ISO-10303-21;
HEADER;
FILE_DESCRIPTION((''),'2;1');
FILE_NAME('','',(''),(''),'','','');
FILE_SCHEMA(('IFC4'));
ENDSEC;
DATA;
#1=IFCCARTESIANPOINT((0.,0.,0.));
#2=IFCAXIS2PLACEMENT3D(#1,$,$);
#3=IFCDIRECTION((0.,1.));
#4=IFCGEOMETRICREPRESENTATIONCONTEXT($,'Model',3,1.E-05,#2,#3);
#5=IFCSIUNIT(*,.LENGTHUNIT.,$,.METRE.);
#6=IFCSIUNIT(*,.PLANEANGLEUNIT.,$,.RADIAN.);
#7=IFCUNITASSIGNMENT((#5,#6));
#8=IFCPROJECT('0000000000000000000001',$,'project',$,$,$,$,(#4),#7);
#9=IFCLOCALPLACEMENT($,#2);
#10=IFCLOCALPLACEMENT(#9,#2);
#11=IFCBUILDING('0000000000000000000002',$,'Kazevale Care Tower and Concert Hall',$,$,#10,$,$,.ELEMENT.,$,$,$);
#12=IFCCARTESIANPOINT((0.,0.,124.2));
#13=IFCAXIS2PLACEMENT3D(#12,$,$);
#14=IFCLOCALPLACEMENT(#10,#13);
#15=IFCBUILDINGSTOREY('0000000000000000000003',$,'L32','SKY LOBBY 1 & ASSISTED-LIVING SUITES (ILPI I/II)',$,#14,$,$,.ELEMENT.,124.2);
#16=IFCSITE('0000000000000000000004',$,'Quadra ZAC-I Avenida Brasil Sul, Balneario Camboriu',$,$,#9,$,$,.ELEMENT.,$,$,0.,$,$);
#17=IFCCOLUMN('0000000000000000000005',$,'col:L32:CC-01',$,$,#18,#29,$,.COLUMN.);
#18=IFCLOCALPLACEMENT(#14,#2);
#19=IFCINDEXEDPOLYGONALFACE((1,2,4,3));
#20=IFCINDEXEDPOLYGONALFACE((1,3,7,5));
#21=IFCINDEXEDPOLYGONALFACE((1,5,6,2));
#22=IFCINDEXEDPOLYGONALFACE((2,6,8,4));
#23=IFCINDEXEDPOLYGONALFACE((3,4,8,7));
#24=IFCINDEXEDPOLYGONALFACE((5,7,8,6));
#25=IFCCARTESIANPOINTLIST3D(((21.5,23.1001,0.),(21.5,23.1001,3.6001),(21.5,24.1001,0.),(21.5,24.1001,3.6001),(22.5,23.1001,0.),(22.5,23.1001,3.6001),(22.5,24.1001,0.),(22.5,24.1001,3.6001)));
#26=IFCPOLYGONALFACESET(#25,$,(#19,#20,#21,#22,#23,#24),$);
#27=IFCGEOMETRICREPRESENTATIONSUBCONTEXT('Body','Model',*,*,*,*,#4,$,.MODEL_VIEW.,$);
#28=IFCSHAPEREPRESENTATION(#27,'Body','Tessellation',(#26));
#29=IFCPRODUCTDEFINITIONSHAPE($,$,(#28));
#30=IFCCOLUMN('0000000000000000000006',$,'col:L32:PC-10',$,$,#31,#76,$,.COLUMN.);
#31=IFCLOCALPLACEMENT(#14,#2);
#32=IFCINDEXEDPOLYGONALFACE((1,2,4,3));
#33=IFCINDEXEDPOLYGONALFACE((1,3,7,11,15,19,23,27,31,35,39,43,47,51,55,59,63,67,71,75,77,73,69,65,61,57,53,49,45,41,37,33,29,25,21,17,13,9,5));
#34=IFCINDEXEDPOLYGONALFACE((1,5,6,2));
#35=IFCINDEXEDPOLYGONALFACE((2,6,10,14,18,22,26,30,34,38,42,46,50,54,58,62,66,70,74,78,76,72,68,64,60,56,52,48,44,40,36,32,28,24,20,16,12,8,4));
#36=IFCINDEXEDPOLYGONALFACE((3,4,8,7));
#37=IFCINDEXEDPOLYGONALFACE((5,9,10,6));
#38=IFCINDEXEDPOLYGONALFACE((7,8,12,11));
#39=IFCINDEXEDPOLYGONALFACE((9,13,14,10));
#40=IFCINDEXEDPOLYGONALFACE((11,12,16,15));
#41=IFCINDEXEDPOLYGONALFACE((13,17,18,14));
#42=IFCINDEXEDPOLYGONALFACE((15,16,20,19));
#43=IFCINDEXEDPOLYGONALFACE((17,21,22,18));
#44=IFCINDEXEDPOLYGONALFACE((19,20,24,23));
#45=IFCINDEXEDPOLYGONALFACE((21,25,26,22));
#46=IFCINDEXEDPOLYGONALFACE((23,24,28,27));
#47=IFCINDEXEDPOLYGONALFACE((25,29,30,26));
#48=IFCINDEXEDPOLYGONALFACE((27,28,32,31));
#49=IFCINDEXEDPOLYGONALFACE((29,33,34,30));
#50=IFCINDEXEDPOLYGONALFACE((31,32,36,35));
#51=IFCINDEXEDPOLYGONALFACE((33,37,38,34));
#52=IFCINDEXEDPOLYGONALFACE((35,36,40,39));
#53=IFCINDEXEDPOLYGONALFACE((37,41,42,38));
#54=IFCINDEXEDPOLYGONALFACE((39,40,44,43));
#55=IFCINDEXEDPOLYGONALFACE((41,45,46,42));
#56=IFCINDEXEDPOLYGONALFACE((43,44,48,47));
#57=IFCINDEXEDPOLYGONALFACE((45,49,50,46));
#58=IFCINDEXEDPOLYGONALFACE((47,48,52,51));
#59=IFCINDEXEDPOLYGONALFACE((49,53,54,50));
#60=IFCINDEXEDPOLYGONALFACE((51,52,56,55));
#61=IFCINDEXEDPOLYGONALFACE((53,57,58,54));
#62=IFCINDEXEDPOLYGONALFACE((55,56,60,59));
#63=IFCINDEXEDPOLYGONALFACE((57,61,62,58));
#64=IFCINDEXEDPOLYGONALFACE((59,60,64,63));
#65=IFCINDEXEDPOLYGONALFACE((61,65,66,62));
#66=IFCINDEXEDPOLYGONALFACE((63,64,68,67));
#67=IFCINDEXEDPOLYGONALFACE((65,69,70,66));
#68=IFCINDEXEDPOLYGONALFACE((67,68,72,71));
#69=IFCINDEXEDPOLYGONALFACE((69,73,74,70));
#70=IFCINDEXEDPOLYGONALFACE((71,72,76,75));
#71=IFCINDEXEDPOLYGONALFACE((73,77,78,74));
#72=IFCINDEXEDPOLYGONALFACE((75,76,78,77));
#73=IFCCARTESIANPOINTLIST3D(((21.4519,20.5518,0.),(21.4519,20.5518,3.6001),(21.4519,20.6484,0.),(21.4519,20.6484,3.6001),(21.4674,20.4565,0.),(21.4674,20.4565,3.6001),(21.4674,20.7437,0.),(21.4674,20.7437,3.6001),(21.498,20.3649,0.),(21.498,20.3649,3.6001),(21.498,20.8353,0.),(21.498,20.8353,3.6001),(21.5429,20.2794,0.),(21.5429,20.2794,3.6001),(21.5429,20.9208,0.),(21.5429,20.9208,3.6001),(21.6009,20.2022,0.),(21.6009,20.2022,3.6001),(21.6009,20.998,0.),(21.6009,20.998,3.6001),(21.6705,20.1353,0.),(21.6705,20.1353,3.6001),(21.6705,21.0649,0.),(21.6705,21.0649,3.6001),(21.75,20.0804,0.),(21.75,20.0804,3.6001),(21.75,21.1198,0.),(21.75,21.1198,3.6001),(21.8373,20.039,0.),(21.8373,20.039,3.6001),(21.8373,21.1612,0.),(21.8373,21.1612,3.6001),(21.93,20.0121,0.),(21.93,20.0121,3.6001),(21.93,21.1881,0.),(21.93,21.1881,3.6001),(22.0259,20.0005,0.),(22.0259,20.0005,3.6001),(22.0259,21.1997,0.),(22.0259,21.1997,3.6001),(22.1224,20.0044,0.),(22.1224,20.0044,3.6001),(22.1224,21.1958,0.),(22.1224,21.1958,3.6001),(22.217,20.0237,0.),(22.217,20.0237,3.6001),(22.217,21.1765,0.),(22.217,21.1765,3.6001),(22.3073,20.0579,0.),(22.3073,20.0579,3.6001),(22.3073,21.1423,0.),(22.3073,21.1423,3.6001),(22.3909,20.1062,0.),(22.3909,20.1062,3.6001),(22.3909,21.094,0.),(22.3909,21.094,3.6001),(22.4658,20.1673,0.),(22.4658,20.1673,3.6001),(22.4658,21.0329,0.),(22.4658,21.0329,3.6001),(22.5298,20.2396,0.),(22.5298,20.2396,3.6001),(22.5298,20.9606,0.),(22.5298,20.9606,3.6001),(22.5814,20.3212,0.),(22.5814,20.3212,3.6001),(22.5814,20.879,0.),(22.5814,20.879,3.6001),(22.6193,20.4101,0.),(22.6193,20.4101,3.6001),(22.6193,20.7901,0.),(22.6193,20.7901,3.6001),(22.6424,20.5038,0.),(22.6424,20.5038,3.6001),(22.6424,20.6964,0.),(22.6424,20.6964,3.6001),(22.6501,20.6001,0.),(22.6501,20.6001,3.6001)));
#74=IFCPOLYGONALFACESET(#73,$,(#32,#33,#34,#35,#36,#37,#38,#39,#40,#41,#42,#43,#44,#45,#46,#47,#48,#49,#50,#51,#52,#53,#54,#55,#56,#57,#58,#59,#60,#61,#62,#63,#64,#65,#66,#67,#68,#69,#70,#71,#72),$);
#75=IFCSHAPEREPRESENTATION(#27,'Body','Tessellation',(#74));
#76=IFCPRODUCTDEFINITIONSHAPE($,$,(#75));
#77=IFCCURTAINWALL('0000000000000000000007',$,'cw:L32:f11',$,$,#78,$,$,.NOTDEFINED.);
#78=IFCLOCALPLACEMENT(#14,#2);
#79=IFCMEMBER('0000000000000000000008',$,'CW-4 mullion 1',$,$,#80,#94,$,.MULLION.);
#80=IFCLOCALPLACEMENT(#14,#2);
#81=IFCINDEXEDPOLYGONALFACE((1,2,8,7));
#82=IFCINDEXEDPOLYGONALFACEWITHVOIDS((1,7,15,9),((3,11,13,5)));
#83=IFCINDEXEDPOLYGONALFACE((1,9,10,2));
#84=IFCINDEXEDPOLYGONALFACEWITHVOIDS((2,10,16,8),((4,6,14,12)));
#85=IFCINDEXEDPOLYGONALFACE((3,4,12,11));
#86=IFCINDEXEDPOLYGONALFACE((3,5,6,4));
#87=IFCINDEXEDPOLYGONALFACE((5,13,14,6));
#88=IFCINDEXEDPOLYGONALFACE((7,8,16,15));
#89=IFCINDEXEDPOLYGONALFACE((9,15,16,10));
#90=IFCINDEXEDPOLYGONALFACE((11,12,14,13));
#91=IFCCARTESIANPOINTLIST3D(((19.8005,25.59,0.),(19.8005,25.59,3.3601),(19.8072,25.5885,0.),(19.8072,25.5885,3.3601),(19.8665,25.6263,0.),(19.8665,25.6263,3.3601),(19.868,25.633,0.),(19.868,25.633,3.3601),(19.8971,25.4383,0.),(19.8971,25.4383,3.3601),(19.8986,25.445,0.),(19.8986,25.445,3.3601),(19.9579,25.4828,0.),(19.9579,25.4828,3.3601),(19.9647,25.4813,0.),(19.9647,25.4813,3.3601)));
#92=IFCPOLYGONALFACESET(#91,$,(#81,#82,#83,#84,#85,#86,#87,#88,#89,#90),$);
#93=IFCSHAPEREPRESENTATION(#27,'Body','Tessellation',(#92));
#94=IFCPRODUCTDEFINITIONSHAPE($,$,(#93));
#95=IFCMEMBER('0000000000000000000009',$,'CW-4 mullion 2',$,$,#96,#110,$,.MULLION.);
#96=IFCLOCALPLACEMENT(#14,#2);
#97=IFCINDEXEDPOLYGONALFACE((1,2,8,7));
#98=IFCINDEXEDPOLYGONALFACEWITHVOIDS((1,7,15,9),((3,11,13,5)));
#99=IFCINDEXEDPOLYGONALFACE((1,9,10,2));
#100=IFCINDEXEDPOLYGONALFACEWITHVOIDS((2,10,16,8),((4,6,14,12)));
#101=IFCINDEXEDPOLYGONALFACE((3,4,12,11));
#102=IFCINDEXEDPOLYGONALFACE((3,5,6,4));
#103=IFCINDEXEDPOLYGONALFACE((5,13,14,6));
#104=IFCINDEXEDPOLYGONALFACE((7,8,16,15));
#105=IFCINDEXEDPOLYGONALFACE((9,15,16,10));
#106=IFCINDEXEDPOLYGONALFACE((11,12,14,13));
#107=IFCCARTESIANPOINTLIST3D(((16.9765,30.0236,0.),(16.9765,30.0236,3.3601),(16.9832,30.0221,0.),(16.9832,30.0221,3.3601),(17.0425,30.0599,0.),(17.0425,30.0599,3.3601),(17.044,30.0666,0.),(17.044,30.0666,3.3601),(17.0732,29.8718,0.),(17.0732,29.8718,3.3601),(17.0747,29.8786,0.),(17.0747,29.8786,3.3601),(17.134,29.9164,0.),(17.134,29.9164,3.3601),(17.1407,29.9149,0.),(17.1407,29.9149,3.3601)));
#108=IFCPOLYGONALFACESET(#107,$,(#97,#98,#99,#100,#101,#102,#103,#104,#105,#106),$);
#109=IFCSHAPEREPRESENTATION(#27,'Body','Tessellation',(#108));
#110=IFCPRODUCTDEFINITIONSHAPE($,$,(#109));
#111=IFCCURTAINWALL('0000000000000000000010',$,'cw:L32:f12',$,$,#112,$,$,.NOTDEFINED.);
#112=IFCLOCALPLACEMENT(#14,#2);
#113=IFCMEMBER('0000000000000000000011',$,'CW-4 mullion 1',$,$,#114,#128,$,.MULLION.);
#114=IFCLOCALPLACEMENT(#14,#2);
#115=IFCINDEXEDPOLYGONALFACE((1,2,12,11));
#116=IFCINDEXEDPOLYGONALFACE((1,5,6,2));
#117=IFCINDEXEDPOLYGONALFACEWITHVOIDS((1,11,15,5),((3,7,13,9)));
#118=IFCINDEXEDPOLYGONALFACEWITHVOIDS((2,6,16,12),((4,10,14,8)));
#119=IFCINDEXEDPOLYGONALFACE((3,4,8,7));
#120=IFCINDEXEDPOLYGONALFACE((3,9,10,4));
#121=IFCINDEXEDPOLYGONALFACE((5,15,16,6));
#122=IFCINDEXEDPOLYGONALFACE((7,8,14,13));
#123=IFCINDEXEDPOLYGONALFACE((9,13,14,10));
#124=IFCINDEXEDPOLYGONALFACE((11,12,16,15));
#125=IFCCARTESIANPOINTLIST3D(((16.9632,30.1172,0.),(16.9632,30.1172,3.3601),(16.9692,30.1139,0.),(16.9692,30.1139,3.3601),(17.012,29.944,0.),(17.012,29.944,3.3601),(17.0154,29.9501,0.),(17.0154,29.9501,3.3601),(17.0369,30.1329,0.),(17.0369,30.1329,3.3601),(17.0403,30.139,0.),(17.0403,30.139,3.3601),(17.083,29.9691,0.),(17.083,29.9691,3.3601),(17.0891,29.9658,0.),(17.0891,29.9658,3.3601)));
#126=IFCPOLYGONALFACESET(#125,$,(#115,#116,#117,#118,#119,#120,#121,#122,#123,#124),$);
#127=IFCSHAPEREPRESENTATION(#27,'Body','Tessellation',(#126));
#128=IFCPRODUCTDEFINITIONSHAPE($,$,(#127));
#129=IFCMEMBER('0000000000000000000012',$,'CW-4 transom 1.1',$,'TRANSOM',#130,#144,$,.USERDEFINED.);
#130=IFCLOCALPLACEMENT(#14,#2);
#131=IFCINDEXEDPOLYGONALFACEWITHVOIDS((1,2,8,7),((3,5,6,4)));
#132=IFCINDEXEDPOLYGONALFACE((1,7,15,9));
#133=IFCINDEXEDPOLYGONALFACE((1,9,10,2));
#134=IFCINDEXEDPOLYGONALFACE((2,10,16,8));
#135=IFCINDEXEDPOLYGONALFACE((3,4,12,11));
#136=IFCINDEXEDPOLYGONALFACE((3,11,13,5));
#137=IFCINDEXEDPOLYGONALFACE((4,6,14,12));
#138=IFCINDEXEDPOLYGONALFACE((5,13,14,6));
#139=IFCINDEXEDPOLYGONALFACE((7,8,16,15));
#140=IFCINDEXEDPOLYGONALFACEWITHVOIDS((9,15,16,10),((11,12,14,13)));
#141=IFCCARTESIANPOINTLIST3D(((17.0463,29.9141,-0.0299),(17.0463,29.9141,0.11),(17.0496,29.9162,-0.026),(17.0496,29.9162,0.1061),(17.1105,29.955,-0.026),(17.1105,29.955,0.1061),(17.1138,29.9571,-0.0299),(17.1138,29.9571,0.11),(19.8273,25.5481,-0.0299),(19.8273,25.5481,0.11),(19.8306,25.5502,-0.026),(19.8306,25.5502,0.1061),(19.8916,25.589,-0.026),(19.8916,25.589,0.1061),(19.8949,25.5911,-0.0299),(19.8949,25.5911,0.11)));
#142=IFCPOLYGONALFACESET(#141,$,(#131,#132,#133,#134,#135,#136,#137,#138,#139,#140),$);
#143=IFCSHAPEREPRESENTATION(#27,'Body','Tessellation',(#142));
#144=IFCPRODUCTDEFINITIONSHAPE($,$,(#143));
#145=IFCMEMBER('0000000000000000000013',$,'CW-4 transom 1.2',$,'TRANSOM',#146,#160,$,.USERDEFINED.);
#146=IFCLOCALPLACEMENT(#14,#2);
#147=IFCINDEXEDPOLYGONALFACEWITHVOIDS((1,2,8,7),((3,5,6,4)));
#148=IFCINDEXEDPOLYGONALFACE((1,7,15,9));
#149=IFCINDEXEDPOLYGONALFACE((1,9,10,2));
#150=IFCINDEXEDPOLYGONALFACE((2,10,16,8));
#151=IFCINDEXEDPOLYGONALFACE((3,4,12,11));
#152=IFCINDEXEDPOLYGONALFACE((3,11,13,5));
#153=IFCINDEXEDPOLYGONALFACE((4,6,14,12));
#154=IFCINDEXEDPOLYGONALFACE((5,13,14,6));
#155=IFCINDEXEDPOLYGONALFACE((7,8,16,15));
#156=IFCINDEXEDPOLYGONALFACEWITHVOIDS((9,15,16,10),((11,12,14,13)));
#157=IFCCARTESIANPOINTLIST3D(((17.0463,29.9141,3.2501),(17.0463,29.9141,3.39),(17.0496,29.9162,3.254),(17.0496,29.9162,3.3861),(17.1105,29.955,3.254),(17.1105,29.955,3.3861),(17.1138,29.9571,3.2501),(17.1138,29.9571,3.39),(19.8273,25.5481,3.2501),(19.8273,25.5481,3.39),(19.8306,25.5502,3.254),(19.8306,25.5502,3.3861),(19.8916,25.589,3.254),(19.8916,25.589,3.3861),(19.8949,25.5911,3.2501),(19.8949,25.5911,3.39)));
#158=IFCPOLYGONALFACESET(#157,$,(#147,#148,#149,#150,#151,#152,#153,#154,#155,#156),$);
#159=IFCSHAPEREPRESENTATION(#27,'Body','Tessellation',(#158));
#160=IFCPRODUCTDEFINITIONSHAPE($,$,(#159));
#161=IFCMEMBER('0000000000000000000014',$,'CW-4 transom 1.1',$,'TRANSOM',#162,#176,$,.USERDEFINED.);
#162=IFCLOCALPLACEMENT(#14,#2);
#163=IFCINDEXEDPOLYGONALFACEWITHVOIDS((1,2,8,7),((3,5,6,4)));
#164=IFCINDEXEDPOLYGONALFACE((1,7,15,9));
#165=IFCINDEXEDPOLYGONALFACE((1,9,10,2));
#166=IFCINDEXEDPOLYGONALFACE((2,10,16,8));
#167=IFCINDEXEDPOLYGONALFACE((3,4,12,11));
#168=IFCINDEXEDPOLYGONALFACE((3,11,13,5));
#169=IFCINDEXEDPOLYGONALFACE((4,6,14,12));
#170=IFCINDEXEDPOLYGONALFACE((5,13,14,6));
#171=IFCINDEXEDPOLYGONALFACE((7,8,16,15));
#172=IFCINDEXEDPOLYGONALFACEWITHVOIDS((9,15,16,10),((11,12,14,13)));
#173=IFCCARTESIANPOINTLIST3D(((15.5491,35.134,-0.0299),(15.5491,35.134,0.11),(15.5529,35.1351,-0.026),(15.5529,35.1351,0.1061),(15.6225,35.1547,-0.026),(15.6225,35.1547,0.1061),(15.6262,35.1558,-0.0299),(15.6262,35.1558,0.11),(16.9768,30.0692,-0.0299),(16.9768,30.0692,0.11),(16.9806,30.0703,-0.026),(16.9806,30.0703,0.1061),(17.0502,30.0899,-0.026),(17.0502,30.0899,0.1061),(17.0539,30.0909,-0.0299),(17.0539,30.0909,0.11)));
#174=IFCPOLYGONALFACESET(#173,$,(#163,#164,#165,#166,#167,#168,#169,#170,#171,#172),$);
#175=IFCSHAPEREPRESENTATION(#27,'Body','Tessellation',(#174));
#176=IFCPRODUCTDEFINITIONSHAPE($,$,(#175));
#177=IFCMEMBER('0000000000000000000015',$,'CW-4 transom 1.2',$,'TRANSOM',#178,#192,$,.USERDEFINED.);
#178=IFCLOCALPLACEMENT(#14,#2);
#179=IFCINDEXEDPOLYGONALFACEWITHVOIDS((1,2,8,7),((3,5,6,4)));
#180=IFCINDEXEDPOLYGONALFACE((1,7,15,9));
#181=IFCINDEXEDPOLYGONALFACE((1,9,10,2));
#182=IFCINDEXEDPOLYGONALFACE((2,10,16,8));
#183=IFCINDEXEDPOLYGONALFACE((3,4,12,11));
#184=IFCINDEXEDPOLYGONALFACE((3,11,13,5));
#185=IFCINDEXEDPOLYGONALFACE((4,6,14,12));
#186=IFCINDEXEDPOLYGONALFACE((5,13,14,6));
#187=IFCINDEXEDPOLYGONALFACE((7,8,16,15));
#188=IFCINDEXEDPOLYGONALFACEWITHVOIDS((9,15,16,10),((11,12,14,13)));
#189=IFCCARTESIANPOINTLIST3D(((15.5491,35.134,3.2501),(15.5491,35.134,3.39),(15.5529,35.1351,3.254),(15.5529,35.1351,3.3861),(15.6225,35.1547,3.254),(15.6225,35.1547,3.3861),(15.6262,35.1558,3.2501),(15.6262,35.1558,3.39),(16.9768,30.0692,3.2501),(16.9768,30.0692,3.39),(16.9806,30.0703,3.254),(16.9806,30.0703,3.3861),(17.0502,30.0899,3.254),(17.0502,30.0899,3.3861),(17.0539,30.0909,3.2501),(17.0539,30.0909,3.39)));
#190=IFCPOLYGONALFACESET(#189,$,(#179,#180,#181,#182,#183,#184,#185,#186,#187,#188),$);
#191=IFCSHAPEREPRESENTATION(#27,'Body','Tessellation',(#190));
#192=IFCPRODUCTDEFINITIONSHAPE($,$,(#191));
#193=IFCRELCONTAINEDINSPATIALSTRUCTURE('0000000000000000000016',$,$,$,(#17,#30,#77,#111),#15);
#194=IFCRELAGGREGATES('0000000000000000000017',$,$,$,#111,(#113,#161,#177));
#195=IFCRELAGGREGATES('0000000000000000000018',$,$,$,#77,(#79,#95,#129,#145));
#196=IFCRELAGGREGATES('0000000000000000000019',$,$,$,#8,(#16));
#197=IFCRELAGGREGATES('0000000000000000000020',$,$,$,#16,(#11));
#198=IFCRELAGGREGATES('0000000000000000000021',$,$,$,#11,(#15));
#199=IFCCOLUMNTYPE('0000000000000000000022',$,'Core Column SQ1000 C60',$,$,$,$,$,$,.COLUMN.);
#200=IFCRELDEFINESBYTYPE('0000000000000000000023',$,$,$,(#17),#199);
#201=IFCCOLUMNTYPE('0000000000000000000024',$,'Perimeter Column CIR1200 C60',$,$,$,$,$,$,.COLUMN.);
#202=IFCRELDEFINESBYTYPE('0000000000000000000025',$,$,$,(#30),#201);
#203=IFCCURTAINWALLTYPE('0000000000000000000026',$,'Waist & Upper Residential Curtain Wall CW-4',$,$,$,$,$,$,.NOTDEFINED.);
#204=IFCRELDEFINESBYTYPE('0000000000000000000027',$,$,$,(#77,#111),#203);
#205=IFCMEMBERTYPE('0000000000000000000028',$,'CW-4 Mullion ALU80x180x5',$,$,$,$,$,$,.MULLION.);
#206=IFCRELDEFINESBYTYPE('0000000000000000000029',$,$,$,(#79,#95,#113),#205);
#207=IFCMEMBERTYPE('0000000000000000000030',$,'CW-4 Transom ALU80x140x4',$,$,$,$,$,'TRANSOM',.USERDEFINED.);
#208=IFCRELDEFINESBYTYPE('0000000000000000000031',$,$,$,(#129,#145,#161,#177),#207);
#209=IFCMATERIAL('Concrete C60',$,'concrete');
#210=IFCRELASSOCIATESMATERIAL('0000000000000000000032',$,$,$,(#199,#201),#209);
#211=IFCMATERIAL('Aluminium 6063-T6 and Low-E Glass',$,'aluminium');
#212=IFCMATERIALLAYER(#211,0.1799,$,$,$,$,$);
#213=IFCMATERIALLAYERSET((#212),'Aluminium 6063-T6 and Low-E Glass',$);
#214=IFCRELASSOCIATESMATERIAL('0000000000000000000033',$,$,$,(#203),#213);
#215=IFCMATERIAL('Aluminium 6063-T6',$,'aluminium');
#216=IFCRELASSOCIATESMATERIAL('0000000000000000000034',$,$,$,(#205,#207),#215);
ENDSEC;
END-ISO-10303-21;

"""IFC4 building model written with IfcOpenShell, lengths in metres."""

from ifc_helpers import new_model, si_unit, direction, frame, origin, origin_2d, place, context, subcontext, project, spatial, rectangle, hollow_rectangle, circle, extrude, material, layer, layer_set, material_profile, profile_set, type_object, element, aggregate, save


model = new_model("IFC4")

# Units and contexts
model_context = context("Model", 3, precision=1e-05, world=origin(), true_north=direction((0.0, 1.0)))
body_context = subcontext(model_context, "Body", "Model", "MODEL_VIEW")
ifc_project = project(units=[si_unit("LENGTHUNIT", "METRE"), si_unit("PLANEANGLEUNIT", "RADIAN")], contexts=[model_context])

# Site, building, storey
site_placement = place(None, origin())
site = spatial("IfcSite", under=ifc_project, at=site_placement, Name="Quadra ZAC-I Avenida Brasil Sul, Balneario Camboriu", CompositionType="ELEMENT", RefElevation=0.0)
building_placement = place(site_placement, origin())
building = spatial("IfcBuilding", under=site, at=building_placement, Name="Kazevale Care Tower and Concert Hall", CompositionType="ELEMENT")
storey_placement = place(building_placement, frame((0.0, 0.0, 124.2)))
storey = spatial("IfcBuildingStorey", under=building, at=storey_placement, Name="L32", Description="SKY LOBBY 1 & ASSISTED-LIVING SUITES (ILPI I/II)", CompositionType="ELEMENT", Elevation=124.2)

# Columns
ifc_material_1 = material(Name="Concrete C60", Category="concrete")
ifc_material_profile_1 = material_profile(ifc_material_1, rectangle(XDim=1.0, YDim=1.0, at=origin_2d()), Name="RC-SQ1000")
ifc_profile_set_1 = profile_set([ifc_material_profile_1], Name="Concrete C60")
column_type_1 = type_object("IfcColumnType", Name="Core Column SQ1000 C60", PredefinedType="COLUMN", material=ifc_profile_set_1)
column_1_placement = place(storey_placement, frame((22.0, 23.6001, 0.0), z_axis=(0.0, 0.0, 1.0), x_axis=(1.0, 0.0, 0.0)))
element("IfcColumn", 1, at=column_1_placement, inside=storey, type_object=column_type_1, Name="col:L32:CC-01", PredefinedType="COLUMN", context=body_context, shape_type="SweptSolid", body=[
    extrude(rectangle(XDim=1.0, YDim=1.0, at=origin_2d()), origin(), (0.0, 0.0, 1.0), 3.6001),
])
ifc_material_profile_2 = material_profile(ifc_material_1, circle(Radius=0.6001, at=origin_2d()), Name="RC-CIR1200")
ifc_profile_set_2 = profile_set([ifc_material_profile_2], Name="Concrete C60")
column_type_2 = type_object("IfcColumnType", Name="Perimeter Column CIR1200 C60", PredefinedType="COLUMN", material=ifc_profile_set_2)
column_2_placement = place(storey_placement, frame((22.05, 20.6001, 0.0), z_axis=(0.0, 0.0, 1.0), x_axis=(1.0, 0.0, 0.0)))
element("IfcColumn", 2, at=column_2_placement, inside=storey, type_object=column_type_2, Name="col:L32:PC-10", PredefinedType="COLUMN", context=body_context, shape_type="SweptSolid", body=[
    extrude(circle(Radius=0.6001, at=origin_2d()), origin(), (0.0, 0.0, 1.0), 3.6001),
])

# Curtain wall, members
ifc_material_2 = material(Name="Aluminium 6063-T6 and Low-E Glass", Category="aluminium")
ifc_layer_1 = layer(ifc_material_2, 0.1799)
ifc_layer_set_1 = layer_set([ifc_layer_1], Name="Aluminium 6063-T6 and Low-E Glass")
curtain_wall_type_1 = type_object("IfcCurtainWallType", Name="Waist & Upper Residential Curtain Wall CW-4", PredefinedType="NOTDEFINED", material=ifc_layer_set_1)
curtain_wall_1_placement = place(storey_placement, origin())
curtain_wall_1 = element("IfcCurtainWall", 3, at=curtain_wall_1_placement, inside=storey, type_object=curtain_wall_type_1, Name="cw:L32:f11", PredefinedType="NOTDEFINED")
ifc_material_3 = material(Name="Aluminium 6063-T6", Category="aluminium")
ifc_material_profile_3 = material_profile(ifc_material_3, hollow_rectangle(XDim=0.0801, YDim=0.1799, WallThickness=0.0049, at=origin_2d()), Name="ALU80x180x5")
ifc_profile_set_3 = profile_set([ifc_material_profile_3], Name="Aluminium 6063-T6")
member_type_1 = type_object("IfcMemberType", Name="CW-4 Mullion ALU80x180x5", PredefinedType="MULLION", material=ifc_profile_set_3)
member_1_placement = place(storey_placement, frame((19.8826, 25.5356, 0.0), z_axis=(0.0, 0.0, 1.0), x_axis=(-0.84343, -0.537239, 0.0)))
member_1 = element("IfcMember", 4, at=member_1_placement, type_object=member_type_1, Name="CW-4 mullion 1", PredefinedType="MULLION", context=body_context, shape_type="SweptSolid", body=[
    extrude(hollow_rectangle(XDim=0.0801, YDim=0.1799, WallThickness=0.0049, at=origin_2d()), origin(), (0.0, 0.0, 1.0), 3.3601),
])
member_2_placement = place(storey_placement, frame((17.0586, 29.9692, 0.0), z_axis=(0.0, 0.0, 1.0), x_axis=(-0.84343, -0.537239, 0.0)))
member_2 = element("IfcMember", 5, at=member_2_placement, type_object=member_type_1, Name="CW-4 mullion 2", PredefinedType="MULLION", context=body_context, shape_type="SweptSolid", body=[
    extrude(hollow_rectangle(XDim=0.0801, YDim=0.1799, WallThickness=0.0049, at=origin_2d()), origin(), (0.0, 0.0, 1.0), 3.3601),
])

# Curtain wall, member
curtain_wall_2_placement = place(storey_placement, origin())
curtain_wall_2 = element("IfcCurtainWall", 6, at=curtain_wall_2_placement, inside=storey, type_object=curtain_wall_type_1, Name="cw:L32:f12", PredefinedType="NOTDEFINED")
member_3_placement = place(storey_placement, frame((17.0261, 30.0415, 0.0), z_axis=(0.0, 0.0, 1.0), x_axis=(-0.962499, -0.271285, 0.0)))
member_3 = element("IfcMember", 7, at=member_3_placement, type_object=member_type_1, Name="CW-4 mullion 1", PredefinedType="MULLION", context=body_context, shape_type="SweptSolid", body=[
    extrude(hollow_rectangle(XDim=0.0801, YDim=0.1799, WallThickness=0.0049, at=origin_2d()), origin(), (0.0, 0.0, 1.0), 3.3601),
])

# Members
ifc_material_profile_4 = material_profile(ifc_material_3, hollow_rectangle(XDim=0.0801, YDim=0.1399, WallThickness=0.0039, at=origin_2d()), Name="ALU80x140x4")
ifc_profile_set_4 = profile_set([ifc_material_profile_4], Name="Aluminium 6063-T6")
member_type_2 = type_object("IfcMemberType", Name="CW-4 Transom ALU80x140x4", ElementType="TRANSOM", PredefinedType="USERDEFINED", material=ifc_profile_set_4)
member_4_placement = place(storey_placement, frame((19.8611, 25.5696, 0.04), z_axis=(-0.537242, 0.843428, 0.0), x_axis=(-0.843428, -0.537242, 0.0)))
member_4 = element("IfcMember", 8, at=member_4_placement, type_object=member_type_2, Name="CW-4 transom 1.1", ObjectType="TRANSOM", PredefinedType="USERDEFINED", context=body_context, shape_type="SweptSolid", body=[
    extrude(hollow_rectangle(XDim=0.0801, YDim=0.1399, WallThickness=0.0039, at=origin_2d()), origin(), (0.0, 0.0, 1.0), 5.1765),
])
member_5_placement = place(storey_placement, frame((19.8611, 25.5696, 3.3201), z_axis=(-0.537242, 0.843428, 0.0), x_axis=(-0.843428, -0.537242, 0.0)))
member_5 = element("IfcMember", 9, at=member_5_placement, type_object=member_type_2, Name="CW-4 transom 1.2", ObjectType="TRANSOM", PredefinedType="USERDEFINED", context=body_context, shape_type="SweptSolid", body=[
    extrude(hollow_rectangle(XDim=0.0801, YDim=0.1399, WallThickness=0.0039, at=origin_2d()), origin(), (0.0, 0.0, 1.0), 5.1765),
])
member_6_placement = place(storey_placement, frame((17.0154, 30.0801, 0.04), z_axis=(-0.271313, 0.962491, 0.0), x_axis=(-0.962491, -0.271313, 0.0)))
member_6 = element("IfcMember", 10, at=member_6_placement, type_object=member_type_2, Name="CW-4 transom 1.1", ObjectType="TRANSOM", PredefinedType="USERDEFINED", context=body_context, shape_type="SweptSolid", body=[
    extrude(hollow_rectangle(XDim=0.0801, YDim=0.1399, WallThickness=0.0039, at=origin_2d()), origin(), (0.0, 0.0, 1.0), 5.2622),
])
member_7_placement = place(storey_placement, frame((17.0154, 30.0801, 3.3201), z_axis=(-0.271313, 0.962491, 0.0), x_axis=(-0.962491, -0.271313, 0.0)))
member_7 = element("IfcMember", 11, at=member_7_placement, type_object=member_type_2, Name="CW-4 transom 1.2", ObjectType="TRANSOM", PredefinedType="USERDEFINED", context=body_context, shape_type="SweptSolid", body=[
    extrude(hollow_rectangle(XDim=0.0801, YDim=0.1399, WallThickness=0.0039, at=origin_2d()), origin(), (0.0, 0.0, 1.0), 5.2622),
])
aggregate(curtain_wall_2, [member_3, member_6, member_7])

aggregate(curtain_wall_1, [member_1, member_2, member_4, member_5])

save(model, "model.ifc")
